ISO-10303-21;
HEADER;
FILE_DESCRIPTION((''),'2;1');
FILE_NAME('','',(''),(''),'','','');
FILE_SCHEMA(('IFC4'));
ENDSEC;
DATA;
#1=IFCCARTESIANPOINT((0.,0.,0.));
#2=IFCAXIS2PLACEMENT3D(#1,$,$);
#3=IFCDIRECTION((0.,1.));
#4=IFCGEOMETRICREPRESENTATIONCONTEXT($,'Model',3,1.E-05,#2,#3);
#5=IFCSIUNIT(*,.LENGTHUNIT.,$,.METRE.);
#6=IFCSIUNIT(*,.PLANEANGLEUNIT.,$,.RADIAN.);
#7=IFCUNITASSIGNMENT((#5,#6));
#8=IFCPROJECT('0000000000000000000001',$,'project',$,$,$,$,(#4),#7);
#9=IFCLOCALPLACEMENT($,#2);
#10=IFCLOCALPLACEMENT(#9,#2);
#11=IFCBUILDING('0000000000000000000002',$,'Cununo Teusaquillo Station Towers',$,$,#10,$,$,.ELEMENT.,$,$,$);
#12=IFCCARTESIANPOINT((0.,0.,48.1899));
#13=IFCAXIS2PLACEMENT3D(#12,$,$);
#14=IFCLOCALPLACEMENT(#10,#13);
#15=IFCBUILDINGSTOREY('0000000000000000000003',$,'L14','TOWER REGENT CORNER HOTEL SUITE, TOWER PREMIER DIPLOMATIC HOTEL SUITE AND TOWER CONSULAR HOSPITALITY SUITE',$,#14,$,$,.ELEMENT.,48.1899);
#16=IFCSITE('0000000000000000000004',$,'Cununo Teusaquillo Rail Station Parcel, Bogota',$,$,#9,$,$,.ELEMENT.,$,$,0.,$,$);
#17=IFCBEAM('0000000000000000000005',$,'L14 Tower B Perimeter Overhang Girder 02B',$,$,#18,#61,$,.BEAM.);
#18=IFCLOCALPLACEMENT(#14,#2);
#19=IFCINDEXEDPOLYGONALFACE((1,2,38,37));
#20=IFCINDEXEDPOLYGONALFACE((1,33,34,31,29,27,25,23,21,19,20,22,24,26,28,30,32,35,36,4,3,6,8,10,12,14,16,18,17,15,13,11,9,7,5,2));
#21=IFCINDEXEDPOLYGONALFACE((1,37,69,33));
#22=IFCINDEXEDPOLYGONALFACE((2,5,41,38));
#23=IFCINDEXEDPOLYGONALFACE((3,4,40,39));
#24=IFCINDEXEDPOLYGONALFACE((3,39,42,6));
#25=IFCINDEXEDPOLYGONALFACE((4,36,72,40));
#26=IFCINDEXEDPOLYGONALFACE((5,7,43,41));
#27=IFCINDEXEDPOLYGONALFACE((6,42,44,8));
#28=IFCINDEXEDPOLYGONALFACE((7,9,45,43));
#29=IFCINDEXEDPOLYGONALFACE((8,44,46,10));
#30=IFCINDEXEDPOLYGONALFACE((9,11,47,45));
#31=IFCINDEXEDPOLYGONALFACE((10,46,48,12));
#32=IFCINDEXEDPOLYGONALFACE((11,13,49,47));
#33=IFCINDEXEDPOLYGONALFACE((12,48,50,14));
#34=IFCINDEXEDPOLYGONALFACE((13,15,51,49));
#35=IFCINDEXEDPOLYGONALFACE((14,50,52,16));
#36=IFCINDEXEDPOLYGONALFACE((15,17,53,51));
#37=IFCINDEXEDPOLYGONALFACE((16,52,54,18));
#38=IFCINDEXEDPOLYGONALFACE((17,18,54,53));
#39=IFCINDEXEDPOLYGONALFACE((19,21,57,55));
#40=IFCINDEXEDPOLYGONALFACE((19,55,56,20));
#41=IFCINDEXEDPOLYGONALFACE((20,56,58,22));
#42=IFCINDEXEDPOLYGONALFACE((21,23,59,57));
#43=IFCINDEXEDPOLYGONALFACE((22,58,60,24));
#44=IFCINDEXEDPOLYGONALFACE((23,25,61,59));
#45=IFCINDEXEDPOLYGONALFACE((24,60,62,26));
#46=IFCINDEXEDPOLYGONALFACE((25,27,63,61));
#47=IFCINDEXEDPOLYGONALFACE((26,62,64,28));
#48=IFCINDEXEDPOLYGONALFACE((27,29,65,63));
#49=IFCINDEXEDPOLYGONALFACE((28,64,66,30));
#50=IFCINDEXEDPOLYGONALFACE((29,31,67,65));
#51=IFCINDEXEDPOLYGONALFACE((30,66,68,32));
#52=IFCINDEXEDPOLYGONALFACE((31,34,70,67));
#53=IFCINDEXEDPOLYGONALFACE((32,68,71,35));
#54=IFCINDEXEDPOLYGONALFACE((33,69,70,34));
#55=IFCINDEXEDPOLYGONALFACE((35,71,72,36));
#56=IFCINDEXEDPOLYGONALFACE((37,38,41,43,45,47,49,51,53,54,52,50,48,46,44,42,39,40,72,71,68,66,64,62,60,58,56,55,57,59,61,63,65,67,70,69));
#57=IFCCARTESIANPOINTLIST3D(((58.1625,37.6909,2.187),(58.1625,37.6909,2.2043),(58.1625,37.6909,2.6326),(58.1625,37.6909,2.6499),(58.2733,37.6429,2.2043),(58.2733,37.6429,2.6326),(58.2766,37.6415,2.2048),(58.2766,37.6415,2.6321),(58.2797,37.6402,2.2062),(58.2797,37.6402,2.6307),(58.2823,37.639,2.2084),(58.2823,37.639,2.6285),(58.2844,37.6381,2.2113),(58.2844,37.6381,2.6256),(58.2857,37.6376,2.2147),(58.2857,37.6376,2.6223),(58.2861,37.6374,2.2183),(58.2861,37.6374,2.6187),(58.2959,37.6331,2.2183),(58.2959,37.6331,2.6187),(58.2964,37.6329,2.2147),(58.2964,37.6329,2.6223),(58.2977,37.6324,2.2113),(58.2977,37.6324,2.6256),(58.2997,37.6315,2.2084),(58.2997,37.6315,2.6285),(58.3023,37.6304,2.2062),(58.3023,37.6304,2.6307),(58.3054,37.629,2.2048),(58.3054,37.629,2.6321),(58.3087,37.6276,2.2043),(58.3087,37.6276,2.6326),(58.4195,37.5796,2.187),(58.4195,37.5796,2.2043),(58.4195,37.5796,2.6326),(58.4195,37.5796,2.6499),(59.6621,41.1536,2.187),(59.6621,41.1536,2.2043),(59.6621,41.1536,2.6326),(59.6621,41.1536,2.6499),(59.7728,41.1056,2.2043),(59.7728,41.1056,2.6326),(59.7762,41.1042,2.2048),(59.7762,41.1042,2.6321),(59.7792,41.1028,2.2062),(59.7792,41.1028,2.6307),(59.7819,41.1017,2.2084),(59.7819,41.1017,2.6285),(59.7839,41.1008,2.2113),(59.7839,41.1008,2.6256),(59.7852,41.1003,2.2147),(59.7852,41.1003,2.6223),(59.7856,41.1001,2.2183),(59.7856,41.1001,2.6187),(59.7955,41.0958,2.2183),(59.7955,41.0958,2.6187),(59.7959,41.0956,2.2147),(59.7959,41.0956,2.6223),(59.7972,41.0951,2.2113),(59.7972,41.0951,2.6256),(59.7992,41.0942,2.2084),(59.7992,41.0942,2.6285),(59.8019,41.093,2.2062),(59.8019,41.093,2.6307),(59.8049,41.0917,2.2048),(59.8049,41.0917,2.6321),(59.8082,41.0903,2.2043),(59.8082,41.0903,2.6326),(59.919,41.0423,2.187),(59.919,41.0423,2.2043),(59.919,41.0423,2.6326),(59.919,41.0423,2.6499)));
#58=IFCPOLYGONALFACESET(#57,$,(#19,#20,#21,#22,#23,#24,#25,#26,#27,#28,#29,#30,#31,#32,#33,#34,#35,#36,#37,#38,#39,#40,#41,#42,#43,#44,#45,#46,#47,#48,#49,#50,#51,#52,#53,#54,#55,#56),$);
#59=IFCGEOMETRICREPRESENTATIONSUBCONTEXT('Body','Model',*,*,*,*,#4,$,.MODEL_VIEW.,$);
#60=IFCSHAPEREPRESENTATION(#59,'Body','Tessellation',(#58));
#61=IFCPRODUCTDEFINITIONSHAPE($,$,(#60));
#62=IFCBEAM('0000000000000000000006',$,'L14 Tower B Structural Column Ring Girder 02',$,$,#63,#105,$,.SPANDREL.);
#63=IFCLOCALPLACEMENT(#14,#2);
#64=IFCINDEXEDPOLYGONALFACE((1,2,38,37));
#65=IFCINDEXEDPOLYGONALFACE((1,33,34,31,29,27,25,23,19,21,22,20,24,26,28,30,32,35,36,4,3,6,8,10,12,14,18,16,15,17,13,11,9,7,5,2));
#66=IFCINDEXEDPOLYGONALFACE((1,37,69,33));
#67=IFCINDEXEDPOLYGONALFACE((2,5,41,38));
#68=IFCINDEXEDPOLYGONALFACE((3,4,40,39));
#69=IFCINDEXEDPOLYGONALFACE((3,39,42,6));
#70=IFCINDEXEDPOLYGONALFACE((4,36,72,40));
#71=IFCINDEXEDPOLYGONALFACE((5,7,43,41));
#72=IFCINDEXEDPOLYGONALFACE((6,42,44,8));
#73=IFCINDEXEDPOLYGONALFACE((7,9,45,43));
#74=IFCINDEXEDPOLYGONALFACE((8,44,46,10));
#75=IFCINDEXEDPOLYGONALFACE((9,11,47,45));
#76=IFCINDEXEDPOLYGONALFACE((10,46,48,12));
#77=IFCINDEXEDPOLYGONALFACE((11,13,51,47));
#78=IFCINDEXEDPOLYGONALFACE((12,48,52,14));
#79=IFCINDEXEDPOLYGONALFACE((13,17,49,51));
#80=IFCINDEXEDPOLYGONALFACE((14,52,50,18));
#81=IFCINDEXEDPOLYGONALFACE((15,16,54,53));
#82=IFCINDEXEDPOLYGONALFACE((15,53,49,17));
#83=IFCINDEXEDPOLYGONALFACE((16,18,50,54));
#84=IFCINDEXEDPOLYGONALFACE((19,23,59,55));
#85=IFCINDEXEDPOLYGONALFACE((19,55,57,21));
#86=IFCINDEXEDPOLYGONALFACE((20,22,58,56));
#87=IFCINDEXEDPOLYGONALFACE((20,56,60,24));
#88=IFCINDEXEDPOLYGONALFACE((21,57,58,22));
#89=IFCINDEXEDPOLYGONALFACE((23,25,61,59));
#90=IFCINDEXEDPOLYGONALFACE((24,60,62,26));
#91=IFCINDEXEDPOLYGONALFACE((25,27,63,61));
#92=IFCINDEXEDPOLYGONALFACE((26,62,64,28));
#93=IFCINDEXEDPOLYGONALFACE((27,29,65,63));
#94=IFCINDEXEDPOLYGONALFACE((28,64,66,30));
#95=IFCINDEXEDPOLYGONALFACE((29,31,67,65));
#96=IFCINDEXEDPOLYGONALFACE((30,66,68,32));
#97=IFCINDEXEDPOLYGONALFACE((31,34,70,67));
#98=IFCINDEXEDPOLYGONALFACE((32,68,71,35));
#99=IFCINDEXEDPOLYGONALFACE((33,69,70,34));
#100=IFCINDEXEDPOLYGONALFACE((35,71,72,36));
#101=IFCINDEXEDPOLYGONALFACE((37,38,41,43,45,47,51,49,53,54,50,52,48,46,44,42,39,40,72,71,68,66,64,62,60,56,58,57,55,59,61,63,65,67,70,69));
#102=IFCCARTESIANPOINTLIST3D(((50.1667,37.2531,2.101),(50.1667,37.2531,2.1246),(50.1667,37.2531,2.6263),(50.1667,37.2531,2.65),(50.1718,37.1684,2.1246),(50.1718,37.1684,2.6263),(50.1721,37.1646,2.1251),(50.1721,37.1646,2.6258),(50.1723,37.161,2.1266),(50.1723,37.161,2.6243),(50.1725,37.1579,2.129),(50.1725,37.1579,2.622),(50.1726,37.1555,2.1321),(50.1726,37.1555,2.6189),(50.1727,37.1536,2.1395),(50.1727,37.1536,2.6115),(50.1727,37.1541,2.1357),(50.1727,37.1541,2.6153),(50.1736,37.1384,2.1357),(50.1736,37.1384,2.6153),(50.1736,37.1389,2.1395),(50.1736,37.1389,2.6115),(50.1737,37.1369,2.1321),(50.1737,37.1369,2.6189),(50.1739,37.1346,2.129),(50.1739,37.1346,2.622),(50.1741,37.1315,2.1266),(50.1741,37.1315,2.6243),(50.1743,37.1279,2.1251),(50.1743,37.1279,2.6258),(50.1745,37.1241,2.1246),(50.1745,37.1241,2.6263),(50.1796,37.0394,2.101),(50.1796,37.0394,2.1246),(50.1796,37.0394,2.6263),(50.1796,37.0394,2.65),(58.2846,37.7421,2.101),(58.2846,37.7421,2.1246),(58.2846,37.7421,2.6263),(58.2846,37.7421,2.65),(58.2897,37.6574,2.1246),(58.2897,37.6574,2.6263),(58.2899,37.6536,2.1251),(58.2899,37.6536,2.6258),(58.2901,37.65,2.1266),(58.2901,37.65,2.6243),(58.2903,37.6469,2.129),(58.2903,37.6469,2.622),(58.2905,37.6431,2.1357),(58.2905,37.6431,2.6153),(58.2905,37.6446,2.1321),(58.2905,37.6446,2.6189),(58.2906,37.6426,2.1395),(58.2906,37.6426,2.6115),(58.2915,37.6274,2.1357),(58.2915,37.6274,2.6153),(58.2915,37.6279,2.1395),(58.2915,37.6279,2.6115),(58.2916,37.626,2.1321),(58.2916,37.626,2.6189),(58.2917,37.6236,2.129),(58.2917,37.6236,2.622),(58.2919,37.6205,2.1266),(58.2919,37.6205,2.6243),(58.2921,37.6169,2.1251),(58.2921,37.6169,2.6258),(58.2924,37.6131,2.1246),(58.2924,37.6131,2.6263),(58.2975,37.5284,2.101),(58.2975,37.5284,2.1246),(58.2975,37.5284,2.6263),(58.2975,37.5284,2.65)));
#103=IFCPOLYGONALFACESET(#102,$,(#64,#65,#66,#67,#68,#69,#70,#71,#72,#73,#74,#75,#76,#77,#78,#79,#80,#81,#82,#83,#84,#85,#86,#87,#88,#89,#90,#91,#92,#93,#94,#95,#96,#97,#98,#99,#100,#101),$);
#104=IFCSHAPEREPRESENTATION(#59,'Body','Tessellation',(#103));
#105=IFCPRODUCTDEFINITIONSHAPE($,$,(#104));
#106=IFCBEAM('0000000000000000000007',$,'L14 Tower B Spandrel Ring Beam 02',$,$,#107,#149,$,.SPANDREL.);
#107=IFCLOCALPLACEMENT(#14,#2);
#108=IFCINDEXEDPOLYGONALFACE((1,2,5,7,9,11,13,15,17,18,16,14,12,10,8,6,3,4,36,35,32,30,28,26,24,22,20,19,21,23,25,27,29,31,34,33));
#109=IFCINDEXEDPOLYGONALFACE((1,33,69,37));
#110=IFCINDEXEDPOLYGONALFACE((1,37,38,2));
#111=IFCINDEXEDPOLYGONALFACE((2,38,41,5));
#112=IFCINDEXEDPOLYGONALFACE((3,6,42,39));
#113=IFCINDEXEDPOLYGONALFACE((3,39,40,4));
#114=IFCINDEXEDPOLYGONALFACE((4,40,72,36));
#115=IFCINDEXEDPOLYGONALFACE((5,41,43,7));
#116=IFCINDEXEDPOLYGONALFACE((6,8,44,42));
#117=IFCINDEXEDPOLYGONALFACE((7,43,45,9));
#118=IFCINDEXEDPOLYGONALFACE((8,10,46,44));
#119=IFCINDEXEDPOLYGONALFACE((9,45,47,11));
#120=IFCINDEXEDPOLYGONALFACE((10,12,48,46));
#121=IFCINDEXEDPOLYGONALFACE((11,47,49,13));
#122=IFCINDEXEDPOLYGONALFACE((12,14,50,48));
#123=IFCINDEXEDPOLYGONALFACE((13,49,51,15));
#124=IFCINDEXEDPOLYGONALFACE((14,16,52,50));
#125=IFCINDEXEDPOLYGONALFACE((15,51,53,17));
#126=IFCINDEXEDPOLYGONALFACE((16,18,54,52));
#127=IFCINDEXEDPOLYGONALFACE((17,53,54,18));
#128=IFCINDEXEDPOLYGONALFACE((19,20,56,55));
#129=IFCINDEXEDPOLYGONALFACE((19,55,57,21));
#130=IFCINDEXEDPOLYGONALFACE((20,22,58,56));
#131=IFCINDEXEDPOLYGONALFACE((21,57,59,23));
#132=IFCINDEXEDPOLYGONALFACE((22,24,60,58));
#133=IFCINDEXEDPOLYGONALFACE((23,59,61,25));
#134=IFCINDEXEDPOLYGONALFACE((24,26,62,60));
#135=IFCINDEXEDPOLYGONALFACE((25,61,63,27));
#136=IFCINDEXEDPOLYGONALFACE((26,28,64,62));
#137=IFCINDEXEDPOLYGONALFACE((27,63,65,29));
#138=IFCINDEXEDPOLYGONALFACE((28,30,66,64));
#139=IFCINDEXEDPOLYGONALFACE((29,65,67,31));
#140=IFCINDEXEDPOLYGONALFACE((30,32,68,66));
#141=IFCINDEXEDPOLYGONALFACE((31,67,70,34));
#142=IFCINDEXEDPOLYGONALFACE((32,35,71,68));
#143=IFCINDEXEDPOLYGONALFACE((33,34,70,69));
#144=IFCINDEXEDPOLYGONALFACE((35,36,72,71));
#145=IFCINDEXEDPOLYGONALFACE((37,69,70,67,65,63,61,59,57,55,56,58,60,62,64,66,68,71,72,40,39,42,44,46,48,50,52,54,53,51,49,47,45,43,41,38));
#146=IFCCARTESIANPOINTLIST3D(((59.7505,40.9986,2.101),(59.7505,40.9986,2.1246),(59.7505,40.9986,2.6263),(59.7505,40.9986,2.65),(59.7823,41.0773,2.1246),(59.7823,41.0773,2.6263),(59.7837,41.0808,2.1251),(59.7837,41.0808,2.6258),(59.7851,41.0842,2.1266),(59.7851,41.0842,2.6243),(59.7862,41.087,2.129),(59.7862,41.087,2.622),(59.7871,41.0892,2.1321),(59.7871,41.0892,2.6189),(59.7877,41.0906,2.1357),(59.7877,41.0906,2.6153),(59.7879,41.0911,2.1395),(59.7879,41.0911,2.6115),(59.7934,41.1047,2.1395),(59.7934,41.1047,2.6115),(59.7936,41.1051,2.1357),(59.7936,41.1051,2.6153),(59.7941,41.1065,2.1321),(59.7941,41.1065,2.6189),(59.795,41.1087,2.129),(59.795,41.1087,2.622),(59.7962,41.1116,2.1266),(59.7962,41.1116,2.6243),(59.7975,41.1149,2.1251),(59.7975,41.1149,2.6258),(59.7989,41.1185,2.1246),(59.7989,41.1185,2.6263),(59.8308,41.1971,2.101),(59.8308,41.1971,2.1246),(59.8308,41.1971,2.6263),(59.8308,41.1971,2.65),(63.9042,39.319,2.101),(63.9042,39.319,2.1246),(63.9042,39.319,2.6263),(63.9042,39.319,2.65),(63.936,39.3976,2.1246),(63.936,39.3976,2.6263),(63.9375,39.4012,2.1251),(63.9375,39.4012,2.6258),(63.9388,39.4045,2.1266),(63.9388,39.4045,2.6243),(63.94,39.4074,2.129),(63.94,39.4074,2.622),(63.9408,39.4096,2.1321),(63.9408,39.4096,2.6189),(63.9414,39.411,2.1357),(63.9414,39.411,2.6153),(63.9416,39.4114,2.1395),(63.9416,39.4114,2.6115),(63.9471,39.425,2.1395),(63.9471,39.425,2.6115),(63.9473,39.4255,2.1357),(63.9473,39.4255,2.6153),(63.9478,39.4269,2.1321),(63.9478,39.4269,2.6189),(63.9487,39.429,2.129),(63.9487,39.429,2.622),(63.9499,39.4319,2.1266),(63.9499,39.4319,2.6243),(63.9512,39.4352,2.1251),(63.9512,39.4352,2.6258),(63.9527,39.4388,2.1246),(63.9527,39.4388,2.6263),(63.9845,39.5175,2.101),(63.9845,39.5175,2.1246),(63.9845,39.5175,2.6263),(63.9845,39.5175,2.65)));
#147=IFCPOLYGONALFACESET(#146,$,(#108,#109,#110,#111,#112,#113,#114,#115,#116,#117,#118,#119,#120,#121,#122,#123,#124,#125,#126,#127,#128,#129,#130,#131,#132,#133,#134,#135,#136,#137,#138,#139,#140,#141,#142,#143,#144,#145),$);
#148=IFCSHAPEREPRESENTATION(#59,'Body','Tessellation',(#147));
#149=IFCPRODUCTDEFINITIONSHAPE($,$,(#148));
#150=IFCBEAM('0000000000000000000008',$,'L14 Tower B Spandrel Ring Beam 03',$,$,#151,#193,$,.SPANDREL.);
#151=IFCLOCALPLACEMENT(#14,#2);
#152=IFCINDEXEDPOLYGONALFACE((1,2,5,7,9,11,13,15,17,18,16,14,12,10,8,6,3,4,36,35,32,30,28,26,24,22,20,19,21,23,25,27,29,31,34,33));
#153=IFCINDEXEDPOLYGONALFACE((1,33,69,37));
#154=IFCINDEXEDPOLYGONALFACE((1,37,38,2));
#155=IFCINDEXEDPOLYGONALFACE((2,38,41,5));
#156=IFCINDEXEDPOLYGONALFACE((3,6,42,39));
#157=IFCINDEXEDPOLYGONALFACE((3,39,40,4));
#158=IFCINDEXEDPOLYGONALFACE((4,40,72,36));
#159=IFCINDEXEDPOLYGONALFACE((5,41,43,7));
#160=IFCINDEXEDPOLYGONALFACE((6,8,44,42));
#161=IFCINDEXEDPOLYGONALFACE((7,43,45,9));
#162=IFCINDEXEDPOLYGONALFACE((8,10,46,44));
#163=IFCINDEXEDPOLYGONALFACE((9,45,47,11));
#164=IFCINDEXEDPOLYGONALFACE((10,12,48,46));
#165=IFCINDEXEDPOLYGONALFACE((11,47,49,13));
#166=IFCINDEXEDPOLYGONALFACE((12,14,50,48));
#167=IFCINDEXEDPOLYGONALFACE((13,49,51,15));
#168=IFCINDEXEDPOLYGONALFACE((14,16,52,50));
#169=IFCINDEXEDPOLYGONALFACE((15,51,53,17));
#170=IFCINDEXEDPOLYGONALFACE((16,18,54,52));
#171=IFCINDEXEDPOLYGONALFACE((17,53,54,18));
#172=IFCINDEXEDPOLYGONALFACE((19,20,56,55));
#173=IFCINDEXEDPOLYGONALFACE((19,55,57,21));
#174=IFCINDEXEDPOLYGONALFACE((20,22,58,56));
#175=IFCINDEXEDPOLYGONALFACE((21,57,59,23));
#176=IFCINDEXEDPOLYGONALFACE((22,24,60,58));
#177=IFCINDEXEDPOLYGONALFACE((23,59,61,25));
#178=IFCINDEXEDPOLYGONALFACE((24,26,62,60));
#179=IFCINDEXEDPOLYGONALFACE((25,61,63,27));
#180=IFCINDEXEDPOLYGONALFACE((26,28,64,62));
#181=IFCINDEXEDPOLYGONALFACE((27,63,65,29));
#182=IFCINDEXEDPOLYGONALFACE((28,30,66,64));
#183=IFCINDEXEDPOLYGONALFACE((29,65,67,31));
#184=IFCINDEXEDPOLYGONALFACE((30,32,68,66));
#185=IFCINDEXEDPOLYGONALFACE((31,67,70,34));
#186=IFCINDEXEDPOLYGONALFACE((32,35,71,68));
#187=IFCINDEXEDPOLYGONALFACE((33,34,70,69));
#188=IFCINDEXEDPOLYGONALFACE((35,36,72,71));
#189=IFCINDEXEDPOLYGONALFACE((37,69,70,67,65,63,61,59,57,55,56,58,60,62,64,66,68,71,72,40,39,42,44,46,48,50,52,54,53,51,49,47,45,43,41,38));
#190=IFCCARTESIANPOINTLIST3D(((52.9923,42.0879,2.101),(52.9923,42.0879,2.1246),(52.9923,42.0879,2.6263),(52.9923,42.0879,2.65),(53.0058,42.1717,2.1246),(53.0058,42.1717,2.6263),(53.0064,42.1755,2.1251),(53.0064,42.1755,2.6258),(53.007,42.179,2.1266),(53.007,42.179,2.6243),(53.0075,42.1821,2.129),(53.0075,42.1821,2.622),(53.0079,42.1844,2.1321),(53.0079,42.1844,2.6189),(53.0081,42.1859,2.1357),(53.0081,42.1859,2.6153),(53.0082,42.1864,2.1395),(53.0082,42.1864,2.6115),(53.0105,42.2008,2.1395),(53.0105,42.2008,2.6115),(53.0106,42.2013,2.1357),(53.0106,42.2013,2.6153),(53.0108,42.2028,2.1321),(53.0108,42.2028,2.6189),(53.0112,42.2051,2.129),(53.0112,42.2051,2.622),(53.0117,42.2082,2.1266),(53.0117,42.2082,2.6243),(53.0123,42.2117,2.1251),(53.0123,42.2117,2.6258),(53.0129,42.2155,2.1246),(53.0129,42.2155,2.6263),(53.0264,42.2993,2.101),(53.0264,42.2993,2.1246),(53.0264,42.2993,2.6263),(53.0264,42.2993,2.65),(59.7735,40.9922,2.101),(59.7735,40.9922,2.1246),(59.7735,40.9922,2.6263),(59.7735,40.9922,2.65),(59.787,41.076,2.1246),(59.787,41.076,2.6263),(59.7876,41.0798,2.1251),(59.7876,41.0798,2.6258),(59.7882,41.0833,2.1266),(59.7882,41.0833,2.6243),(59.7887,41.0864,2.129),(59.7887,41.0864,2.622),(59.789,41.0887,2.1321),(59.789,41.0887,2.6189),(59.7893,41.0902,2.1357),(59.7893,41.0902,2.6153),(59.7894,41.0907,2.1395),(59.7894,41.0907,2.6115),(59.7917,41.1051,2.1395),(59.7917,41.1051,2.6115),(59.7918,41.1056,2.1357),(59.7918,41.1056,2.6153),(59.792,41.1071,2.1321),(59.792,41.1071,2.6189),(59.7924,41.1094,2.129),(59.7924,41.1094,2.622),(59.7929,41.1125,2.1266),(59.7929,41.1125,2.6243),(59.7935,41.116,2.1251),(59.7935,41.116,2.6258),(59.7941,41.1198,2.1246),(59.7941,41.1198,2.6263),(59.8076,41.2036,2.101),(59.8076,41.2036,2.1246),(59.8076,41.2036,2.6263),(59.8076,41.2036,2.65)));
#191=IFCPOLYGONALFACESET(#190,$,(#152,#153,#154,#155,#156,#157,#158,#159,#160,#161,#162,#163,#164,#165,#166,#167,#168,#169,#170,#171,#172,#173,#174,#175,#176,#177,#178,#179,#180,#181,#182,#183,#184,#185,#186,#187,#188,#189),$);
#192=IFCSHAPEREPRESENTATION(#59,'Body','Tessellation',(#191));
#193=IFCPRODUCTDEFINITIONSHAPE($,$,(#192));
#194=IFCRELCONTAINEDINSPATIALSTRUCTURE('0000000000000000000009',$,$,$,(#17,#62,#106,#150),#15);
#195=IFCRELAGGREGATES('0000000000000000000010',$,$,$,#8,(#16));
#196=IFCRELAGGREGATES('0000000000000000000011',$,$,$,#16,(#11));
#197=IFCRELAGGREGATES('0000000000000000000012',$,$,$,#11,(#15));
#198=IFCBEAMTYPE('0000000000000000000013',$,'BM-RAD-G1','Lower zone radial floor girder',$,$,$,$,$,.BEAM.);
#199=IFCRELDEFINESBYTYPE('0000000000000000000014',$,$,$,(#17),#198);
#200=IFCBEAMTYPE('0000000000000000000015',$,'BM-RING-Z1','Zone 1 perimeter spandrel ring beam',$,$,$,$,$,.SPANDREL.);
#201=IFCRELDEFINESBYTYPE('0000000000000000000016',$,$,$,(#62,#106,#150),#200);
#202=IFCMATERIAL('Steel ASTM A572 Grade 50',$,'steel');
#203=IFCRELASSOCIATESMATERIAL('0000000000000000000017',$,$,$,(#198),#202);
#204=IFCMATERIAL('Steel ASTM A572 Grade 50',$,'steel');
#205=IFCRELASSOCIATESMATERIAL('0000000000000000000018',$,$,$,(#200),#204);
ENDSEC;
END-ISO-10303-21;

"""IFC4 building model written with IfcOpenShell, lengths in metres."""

from ifc_helpers import new_model, si_unit, direction, frame, origin, origin_2d, place, context, subcontext, project, spatial, i_section, extrude, material, material_profile, profile_set, type_object, element, save


model = new_model("IFC4")

# Units and contexts
model_context = context("Model", 3, precision=1e-05, world=origin(), true_north=direction((0.0, 1.0)))
body_context = subcontext(model_context, "Body", "Model", "MODEL_VIEW")
ifc_project = project(units=[si_unit("LENGTHUNIT", "METRE"), si_unit("PLANEANGLEUNIT", "RADIAN")], contexts=[model_context])

# Site, building, storey
site_placement = place(None, origin())
site = spatial("IfcSite", under=ifc_project, at=site_placement, Name="Cununo Teusaquillo Rail Station Parcel, Bogota", CompositionType="ELEMENT", RefElevation=0.0)
building_placement = place(site_placement, origin())
building = spatial("IfcBuilding", under=site, at=building_placement, Name="Cununo Teusaquillo Station Towers", CompositionType="ELEMENT")
storey_placement = place(building_placement, frame((0.0, 0.0, 48.1899)))
storey = spatial("IfcBuildingStorey", under=building, at=storey_placement, Name="L14", Description="TOWER REGENT CORNER HOTEL SUITE, TOWER PREMIER DIPLOMATIC HOTEL SUITE AND TOWER CONSULAR HOSPITALITY SUITE", CompositionType="ELEMENT", Elevation=48.1899)

# Beams
ifc_material_1 = material(Name="Steel ASTM A572 Grade 50", Category="steel")
ifc_material_profile_1 = material_profile(ifc_material_1, i_section(OverallWidth=0.28, OverallDepth=0.4629, WebThickness=0.0107, FlangeThickness=0.0173, FilletRadius=0.0139, at=origin_2d()), Name="W18X76")
ifc_profile_set_1 = profile_set([ifc_material_profile_1], Name="Steel ASTM A572 Grade 50")
beam_type_1 = type_object("IfcBeamType", Name="BM-RAD-G1", Description="Lower zone radial floor girder", PredefinedType="BEAM", material=ifc_profile_set_1)
beam_1_placement = place(storey_placement, frame((58.291, 37.6353, 2.4185), z_axis=(0.397391, 0.917649, 0.0), x_axis=(-0.917649, 0.397391, 0.0)))
element("IfcBeam", 1, at=beam_1_placement, inside=storey, type_object=beam_type_1, Name="L14 Tower B Perimeter Overhang Girder 02B", PredefinedType="BEAM", context=body_context, shape_type="SweptSolid", body=[
    extrude(i_section(OverallWidth=0.28, OverallDepth=0.4629, WebThickness=0.0107, FlangeThickness=0.0173, FilletRadius=0.0139, at=origin_2d()), origin(), (0.0, 0.0, 1.0), 3.7734),
])
ifc_material_2 = material(Name="Steel ASTM A572 Grade 50", Category="steel")
ifc_material_profile_2 = material_profile(ifc_material_2, i_section(OverallWidth=0.2141, OverallDepth=0.5491, WebThickness=0.0146, FlangeThickness=0.0237, FilletRadius=0.0149, at=origin_2d()), Name="W21X93")
ifc_profile_set_2 = profile_set([ifc_material_profile_2], Name="Steel ASTM A572 Grade 50")
beam_type_2 = type_object("IfcBeamType", Name="BM-RING-Z1", Description="Zone 1 perimeter spandrel ring beam", PredefinedType="SPANDREL", material=ifc_profile_set_2)
beam_2_placement = place(storey_placement, frame((58.291, 37.6353, 2.3755), z_axis=(-0.998191, -0.06013, 0.0), x_axis=(0.06013, -0.998191, 0.0)))
element("IfcBeam", 2, at=beam_2_placement, inside=storey, type_object=beam_type_2, Name="L14 Tower B Structural Column Ring Girder 02", PredefinedType="SPANDREL", context=body_context, shape_type="SweptSolid", body=[
    extrude(i_section(OverallWidth=0.2141, OverallDepth=0.5491, WebThickness=0.0146, FlangeThickness=0.0237, FilletRadius=0.0149, at=origin_2d()), origin(), (0.0, 0.0, 1.0), 8.1326),
])
beam_3_placement = place(storey_placement, frame((63.9443, 39.4182, 2.3755), z_axis=(-0.927072, 0.374883, 0.0), x_axis=(-0.374883, -0.927072, 0.0)))
element("IfcBeam", 3, at=beam_3_placement, inside=storey, type_object=beam_type_2, Name="L14 Tower B Spandrel Ring Beam 02", PredefinedType="SPANDREL", context=body_context, shape_type="SweptSolid", body=[
    extrude(i_section(OverallWidth=0.2141, OverallDepth=0.5491, WebThickness=0.0146, FlangeThickness=0.0237, FilletRadius=0.0149, at=origin_2d()), origin(), (0.0, 0.0, 1.0), 4.4805),
])
beam_4_placement = place(storey_placement, frame((59.7905, 41.0979, 2.3755), z_axis=(-0.987196, 0.15951, 0.0), x_axis=(-0.15951, -0.987196, 0.0)))
element("IfcBeam", 4, at=beam_4_placement, inside=storey, type_object=beam_type_2, Name="L14 Tower B Spandrel Ring Beam 03", PredefinedType="SPANDREL", context=body_context, shape_type="SweptSolid", body=[
    extrude(i_section(OverallWidth=0.2141, OverallDepth=0.5491, WebThickness=0.0146, FlangeThickness=0.0237, FilletRadius=0.0149, at=origin_2d()), origin(), (0.0, 0.0, 1.0), 6.8691),
])

save(model, "model.ifc")
